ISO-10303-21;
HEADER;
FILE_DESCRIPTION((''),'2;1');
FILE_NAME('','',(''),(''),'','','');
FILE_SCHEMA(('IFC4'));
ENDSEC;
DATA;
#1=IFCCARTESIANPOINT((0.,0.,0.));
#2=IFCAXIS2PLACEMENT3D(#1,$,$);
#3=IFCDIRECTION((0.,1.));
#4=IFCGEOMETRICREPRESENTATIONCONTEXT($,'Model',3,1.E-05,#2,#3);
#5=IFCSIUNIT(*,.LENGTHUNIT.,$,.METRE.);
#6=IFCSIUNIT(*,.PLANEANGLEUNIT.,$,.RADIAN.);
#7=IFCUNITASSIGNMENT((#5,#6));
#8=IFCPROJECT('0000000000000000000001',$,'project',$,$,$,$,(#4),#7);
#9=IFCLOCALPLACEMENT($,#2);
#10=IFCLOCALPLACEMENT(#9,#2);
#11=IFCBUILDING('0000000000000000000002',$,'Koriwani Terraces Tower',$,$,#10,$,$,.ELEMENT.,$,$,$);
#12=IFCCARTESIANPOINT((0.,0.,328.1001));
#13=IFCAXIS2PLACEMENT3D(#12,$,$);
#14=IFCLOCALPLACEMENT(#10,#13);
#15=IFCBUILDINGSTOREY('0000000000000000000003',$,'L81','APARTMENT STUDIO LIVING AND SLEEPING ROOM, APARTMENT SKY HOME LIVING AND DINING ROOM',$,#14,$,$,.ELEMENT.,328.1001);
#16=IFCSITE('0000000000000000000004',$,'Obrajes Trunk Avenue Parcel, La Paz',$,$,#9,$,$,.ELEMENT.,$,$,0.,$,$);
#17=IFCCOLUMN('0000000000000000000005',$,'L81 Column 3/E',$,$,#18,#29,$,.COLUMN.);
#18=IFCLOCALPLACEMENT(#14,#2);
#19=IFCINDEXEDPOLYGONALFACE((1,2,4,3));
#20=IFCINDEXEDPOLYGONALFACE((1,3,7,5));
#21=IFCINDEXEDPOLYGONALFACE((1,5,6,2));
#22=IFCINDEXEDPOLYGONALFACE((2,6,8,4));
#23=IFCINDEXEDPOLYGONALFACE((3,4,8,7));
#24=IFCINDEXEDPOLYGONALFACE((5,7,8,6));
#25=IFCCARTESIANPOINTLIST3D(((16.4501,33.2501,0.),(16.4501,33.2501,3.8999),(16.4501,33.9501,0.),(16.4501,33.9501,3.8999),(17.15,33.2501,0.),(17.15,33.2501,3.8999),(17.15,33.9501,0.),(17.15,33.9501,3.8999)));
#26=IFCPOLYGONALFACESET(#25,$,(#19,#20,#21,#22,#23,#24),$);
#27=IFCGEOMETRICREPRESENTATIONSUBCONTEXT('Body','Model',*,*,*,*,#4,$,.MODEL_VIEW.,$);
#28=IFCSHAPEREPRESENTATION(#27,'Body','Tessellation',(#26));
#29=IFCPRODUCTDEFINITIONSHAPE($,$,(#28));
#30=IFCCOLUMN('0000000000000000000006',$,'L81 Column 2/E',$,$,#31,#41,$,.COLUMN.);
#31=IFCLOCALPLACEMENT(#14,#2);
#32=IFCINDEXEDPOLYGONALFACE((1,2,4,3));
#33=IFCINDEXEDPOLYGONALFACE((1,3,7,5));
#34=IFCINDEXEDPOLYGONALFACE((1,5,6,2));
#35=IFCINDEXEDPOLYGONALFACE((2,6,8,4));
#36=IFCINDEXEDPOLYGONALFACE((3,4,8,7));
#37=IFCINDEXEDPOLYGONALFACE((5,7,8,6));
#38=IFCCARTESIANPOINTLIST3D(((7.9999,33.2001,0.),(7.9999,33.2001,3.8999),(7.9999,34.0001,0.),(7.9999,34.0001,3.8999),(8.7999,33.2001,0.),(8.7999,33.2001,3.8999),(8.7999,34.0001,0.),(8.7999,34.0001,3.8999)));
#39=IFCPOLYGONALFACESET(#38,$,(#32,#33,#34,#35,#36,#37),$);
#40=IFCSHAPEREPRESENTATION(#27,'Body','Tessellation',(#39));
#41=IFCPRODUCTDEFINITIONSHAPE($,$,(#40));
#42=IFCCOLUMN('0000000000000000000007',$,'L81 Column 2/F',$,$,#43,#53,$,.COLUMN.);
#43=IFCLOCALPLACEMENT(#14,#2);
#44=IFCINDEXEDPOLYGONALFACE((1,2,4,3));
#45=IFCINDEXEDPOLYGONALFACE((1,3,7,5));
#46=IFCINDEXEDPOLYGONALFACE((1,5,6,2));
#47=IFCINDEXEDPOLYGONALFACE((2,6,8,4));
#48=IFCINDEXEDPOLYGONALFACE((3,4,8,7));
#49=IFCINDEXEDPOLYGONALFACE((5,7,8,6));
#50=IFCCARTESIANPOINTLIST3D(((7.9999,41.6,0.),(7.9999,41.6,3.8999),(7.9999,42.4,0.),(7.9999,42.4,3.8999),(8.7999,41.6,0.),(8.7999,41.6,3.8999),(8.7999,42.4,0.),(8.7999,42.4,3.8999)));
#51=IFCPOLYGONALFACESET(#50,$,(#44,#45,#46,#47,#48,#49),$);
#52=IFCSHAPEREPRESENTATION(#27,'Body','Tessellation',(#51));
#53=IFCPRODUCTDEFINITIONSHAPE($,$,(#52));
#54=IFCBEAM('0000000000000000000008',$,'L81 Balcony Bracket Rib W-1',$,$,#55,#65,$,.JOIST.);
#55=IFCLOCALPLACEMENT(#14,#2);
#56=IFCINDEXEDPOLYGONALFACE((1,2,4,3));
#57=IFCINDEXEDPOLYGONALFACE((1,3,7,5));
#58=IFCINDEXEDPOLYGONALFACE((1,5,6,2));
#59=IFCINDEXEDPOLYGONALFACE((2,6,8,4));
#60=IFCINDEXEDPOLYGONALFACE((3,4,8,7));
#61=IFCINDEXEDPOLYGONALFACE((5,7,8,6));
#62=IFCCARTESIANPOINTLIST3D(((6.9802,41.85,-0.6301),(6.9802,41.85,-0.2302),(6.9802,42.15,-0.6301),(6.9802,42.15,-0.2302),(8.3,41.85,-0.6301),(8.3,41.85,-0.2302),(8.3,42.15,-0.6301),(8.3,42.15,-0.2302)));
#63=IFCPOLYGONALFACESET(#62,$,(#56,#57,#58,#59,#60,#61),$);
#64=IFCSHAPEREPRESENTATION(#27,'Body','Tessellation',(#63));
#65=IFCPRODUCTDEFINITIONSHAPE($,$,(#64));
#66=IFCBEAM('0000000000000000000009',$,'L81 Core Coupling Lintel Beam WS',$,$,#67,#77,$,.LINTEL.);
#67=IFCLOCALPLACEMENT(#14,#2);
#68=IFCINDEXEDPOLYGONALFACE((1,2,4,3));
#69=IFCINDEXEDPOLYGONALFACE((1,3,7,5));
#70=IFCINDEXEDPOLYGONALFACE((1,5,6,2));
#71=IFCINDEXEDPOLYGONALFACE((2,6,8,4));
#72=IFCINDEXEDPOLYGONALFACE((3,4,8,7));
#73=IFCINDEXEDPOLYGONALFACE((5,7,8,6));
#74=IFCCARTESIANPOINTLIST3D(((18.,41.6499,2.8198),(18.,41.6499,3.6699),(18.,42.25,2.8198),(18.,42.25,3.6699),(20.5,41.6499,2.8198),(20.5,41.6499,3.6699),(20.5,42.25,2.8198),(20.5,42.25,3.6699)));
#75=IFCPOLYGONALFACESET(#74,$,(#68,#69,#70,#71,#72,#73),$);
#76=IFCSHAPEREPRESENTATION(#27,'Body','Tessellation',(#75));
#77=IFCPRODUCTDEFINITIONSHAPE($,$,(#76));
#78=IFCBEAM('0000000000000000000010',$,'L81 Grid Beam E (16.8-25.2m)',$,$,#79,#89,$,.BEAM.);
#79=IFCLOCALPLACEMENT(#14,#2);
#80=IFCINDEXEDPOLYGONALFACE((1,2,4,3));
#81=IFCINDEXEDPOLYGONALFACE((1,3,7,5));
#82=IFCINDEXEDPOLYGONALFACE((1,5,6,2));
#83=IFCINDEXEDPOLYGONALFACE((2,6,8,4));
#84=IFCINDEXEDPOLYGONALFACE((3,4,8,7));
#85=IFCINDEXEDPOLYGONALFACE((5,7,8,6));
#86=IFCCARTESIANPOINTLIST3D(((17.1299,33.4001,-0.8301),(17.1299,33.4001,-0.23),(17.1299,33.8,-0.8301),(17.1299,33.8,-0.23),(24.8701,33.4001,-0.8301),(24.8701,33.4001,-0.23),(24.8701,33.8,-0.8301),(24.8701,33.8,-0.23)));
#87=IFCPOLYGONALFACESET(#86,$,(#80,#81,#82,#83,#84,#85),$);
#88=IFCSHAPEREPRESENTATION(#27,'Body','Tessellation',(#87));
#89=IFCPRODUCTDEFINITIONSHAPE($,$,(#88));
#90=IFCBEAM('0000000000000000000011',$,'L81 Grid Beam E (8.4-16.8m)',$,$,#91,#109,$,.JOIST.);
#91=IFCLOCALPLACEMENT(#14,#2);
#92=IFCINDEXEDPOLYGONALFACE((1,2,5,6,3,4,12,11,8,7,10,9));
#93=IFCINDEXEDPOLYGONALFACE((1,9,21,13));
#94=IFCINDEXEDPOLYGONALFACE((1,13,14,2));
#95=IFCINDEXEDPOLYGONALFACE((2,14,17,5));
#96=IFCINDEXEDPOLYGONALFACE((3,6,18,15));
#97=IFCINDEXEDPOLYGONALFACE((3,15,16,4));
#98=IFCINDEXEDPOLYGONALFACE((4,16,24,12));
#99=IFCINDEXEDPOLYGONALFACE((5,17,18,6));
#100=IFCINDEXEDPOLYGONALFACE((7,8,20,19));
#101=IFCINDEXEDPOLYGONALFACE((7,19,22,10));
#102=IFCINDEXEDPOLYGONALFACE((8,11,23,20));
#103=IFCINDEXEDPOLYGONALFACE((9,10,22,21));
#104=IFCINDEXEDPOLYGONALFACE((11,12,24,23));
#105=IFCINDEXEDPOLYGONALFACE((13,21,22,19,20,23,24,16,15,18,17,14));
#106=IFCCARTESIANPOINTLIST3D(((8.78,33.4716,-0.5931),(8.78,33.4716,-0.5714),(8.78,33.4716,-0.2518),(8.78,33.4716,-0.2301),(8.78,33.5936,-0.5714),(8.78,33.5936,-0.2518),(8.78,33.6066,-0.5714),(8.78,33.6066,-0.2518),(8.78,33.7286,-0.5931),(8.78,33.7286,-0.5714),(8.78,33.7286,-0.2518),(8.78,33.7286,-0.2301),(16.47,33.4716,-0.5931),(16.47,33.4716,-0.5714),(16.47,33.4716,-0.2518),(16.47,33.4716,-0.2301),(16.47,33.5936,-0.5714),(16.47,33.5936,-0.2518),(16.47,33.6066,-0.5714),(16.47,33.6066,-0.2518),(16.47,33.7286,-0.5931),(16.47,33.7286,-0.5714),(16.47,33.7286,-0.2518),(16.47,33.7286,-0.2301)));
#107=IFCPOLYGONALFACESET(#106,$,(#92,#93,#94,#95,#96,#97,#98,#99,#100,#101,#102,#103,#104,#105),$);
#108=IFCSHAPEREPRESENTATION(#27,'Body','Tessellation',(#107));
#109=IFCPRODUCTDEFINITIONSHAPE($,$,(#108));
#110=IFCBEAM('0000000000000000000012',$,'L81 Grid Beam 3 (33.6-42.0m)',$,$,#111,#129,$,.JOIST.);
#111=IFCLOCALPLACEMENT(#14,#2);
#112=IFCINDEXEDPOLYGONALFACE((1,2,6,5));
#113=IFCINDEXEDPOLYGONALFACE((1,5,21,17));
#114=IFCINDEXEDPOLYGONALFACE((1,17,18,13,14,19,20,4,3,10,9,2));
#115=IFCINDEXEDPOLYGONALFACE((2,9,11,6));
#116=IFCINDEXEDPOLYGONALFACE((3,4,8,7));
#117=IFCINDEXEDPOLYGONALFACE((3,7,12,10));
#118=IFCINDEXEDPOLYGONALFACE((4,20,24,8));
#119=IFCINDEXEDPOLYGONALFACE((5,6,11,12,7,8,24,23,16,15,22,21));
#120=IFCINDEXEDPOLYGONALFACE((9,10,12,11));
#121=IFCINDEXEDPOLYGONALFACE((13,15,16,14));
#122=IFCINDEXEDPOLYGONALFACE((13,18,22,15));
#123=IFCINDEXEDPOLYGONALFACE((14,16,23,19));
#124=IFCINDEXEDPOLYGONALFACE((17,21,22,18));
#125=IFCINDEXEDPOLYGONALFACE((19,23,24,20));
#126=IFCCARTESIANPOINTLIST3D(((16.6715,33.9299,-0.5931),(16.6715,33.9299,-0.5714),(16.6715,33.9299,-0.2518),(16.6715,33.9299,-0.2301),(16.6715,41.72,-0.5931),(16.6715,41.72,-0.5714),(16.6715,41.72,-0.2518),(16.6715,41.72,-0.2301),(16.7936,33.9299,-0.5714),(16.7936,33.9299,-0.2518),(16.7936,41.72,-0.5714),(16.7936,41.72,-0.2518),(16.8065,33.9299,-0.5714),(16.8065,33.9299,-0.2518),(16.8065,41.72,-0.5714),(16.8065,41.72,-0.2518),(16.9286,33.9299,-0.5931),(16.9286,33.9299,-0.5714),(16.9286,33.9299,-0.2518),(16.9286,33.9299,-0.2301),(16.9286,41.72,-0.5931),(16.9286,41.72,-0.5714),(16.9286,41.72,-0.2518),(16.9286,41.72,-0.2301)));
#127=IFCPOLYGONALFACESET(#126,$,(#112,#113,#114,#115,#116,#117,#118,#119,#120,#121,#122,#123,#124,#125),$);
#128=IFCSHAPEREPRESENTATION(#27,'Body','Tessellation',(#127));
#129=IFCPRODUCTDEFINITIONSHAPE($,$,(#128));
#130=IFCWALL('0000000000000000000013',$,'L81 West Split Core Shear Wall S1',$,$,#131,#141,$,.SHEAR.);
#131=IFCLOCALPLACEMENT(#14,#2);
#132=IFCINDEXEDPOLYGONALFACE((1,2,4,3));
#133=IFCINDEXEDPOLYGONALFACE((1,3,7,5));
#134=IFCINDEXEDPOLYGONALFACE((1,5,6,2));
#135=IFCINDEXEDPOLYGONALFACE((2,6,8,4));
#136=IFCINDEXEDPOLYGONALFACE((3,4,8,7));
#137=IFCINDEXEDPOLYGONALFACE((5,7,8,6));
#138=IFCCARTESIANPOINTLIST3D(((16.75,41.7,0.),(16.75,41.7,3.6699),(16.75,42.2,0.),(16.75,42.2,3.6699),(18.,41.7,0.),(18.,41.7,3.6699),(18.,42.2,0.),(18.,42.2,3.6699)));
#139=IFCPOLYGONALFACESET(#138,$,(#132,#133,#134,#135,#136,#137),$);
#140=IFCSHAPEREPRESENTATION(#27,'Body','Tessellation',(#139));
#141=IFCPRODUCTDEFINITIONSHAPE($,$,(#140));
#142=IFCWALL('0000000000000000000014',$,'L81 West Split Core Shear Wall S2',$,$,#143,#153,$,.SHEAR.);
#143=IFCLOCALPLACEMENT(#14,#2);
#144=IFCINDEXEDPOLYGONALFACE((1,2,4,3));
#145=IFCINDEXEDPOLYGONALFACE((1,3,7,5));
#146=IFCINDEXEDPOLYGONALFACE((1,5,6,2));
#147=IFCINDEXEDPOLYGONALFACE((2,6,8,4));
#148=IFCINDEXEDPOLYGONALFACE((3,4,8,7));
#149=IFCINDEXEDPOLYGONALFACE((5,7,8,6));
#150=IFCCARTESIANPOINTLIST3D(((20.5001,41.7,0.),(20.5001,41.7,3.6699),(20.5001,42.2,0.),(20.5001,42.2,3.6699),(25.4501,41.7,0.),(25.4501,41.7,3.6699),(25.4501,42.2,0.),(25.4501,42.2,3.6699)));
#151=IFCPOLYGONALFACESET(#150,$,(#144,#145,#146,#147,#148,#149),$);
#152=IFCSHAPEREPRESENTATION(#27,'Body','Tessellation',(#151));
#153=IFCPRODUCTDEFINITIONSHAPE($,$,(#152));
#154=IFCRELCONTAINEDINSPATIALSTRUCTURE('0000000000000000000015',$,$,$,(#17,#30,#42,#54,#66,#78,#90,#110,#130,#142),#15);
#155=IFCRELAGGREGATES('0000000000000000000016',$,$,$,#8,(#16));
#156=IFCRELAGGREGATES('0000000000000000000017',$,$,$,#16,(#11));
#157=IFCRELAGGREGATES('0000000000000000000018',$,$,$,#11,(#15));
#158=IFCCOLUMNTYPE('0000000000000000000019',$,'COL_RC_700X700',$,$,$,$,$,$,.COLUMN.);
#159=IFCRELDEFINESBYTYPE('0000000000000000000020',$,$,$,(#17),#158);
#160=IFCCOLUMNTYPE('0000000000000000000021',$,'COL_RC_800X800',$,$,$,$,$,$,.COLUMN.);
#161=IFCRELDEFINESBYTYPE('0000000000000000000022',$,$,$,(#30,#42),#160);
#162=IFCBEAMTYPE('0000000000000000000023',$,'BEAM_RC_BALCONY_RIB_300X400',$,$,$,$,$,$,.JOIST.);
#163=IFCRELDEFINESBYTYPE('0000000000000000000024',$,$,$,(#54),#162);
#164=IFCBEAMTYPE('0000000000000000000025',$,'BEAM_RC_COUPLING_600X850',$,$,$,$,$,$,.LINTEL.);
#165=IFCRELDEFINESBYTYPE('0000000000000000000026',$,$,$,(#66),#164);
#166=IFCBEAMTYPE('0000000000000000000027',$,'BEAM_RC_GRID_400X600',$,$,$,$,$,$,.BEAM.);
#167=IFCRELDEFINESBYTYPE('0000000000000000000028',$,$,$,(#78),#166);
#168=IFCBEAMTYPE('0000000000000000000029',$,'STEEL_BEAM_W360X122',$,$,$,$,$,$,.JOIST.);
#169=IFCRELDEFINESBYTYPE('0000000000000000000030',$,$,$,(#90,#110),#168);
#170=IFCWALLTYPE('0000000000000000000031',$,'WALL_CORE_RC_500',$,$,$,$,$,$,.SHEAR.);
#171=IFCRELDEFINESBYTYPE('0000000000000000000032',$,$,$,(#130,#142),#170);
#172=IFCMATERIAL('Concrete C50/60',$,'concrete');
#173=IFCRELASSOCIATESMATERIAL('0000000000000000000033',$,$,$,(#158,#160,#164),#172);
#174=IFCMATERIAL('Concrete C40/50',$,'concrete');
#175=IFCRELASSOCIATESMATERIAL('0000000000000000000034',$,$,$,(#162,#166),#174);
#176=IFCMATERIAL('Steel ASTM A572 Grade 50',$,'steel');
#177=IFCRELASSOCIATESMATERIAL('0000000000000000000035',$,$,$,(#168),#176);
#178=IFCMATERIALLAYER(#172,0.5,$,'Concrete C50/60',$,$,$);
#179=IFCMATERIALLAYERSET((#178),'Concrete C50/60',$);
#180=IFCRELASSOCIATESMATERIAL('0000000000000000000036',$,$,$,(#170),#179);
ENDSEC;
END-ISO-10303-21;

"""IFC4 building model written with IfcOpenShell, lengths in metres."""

from ifc_helpers import new_model, si_unit, direction, frame, frame_2d, origin, origin_2d, place, context, subcontext, project, spatial, rectangle, i_section, extrude, material, layer, layer_set, material_profile, profile_set, type_object, element, save


model = new_model("IFC4")

# Units and contexts
model_context = context("Model", 3, precision=1e-05, world=origin(), true_north=direction((0.0, 1.0)))
body_context = subcontext(model_context, "Body", "Model", "MODEL_VIEW")
ifc_project = project(units=[si_unit("LENGTHUNIT", "METRE"), si_unit("PLANEANGLEUNIT", "RADIAN")], contexts=[model_context])

# Site, building, storey
site_placement = place(None, origin())
site = spatial("IfcSite", under=ifc_project, at=site_placement, Name="Obrajes Trunk Avenue Parcel, La Paz", CompositionType="ELEMENT", RefElevation=0.0)
building_placement = place(site_placement, origin())
building = spatial("IfcBuilding", under=site, at=building_placement, Name="Koriwani Terraces Tower", CompositionType="ELEMENT")
storey_placement = place(building_placement, frame((0.0, 0.0, 328.1001)))
storey = spatial("IfcBuildingStorey", under=building, at=storey_placement, Name="L81", Description="APARTMENT STUDIO LIVING AND SLEEPING ROOM, APARTMENT SKY HOME LIVING AND DINING ROOM", CompositionType="ELEMENT", Elevation=328.1001)

# Columns
ifc_material_1 = material(Name="Concrete C50/60", Category="concrete")
ifc_material_profile_1 = material_profile(ifc_material_1, rectangle(XDim=0.7, YDim=0.7, at=origin_2d()), Name="Concrete C50/60", Category="LoadBearing")
ifc_profile_set_1 = profile_set([ifc_material_profile_1], Name="Concrete C50/60")
column_type_1 = type_object("IfcColumnType", Name="COL_RC_700X700", PredefinedType="COLUMN", material=ifc_profile_set_1)
column_placement = place(storey_placement, frame((16.8, 33.6001, 0.0), z_axis=(0.0, 0.0, 1.0), x_axis=(1.0, 0.0, 0.0)))
element("IfcColumn", 1, at=column_placement, inside=storey, type_object=column_type_1, Name="L81 Column 3/E", PredefinedType="COLUMN", context=body_context, shape_type="SweptSolid", body=[
    extrude(rectangle(XDim=0.7, YDim=0.7, at=origin_2d()), origin(), (0.0, 0.0, 1.0), 3.8999),
])
ifc_material_profile_2 = material_profile(ifc_material_1, rectangle(XDim=0.8, YDim=0.8, at=origin_2d()), Name="Concrete C50/60", Category="LoadBearing")
ifc_profile_set_2 = profile_set([ifc_material_profile_2], Name="Concrete C50/60")
column_type_2 = type_object("IfcColumnType", Name="COL_RC_800X800", PredefinedType="COLUMN", material=ifc_profile_set_2)
for number, where, z_axis, x_axis, name in (
    (2, (8.3999, 33.6001, 0.0), (0.0, 0.0, 1.0), (1.0, 0.0, 0.0), "L81 Column 2/E"),
    (3, (8.3999, 42.0, 0.0), (0.0, 0.0, 1.0), (1.0, 0.0, 0.0), "L81 Column 2/F"),
):
    element("IfcColumn", number, at=place(storey_placement, frame(where, z_axis=z_axis, x_axis=x_axis)), inside=storey, type_object=column_type_2, Name=name, PredefinedType="COLUMN", context=body_context, shape_type="SweptSolid", body=[
        extrude(rectangle(XDim=0.8, YDim=0.8, at=origin_2d()), origin(), (0.0, 0.0, 1.0), 3.8999),
    ])

# Beams
ifc_material_2 = material(Name="Concrete C40/50", Category="concrete")
ifc_material_profile_3 = material_profile(ifc_material_2, rectangle(XDim=0.3, YDim=0.3999, at=origin_2d()), Name="Concrete C40/50", Category="LoadBearing")
ifc_profile_set_3 = profile_set([ifc_material_profile_3], Name="Concrete C40/50")
beam_type_1 = type_object("IfcBeamType", Name="BEAM_RC_BALCONY_RIB_300X400", PredefinedType="JOIST", material=ifc_profile_set_3)
beam_1_placement = place(storey_placement, frame((6.9802, 42.0, -0.4302), z_axis=(1.0, 0.0, 0.0), x_axis=(0.0, 1.0, 0.0)))
element("IfcBeam", 4, at=beam_1_placement, inside=storey, type_object=beam_type_1, Name="L81 Balcony Bracket Rib W-1", PredefinedType="JOIST", context=body_context, shape_type="SweptSolid", body=[
    extrude(rectangle(XDim=0.3, YDim=0.3999, at=origin_2d()), origin(), (0.0, 0.0, 1.0), 1.3198),
])
ifc_material_profile_4 = material_profile(ifc_material_1, rectangle(XDim=0.6001, YDim=0.8501, at=origin_2d()), Name="Concrete C50/60", Category="LoadBearing")
ifc_profile_set_4 = profile_set([ifc_material_profile_4], Name="Concrete C50/60")
beam_type_2 = type_object("IfcBeamType", Name="BEAM_RC_COUPLING_600X850", PredefinedType="LINTEL", material=ifc_profile_set_4)
beam_2_placement = place(storey_placement, frame((18.0, 41.95, 3.2449), z_axis=(1.0, 0.0, 0.0), x_axis=(0.0, 1.0, 0.0)))
element("IfcBeam", 5, at=beam_2_placement, inside=storey, type_object=beam_type_2, Name="L81 Core Coupling Lintel Beam WS", PredefinedType="LINTEL", context=body_context, shape_type="SweptSolid", body=[
    extrude(rectangle(XDim=0.6001, YDim=0.8501, at=origin_2d()), origin(), (0.0, 0.0, 1.0), 2.5),
])
ifc_material_profile_5 = material_profile(ifc_material_2, rectangle(XDim=0.3999, YDim=0.6001, at=origin_2d()), Name="Concrete C40/50", Category="LoadBearing")
ifc_profile_set_5 = profile_set([ifc_material_profile_5], Name="Concrete C40/50")
beam_type_3 = type_object("IfcBeamType", Name="BEAM_RC_GRID_400X600", PredefinedType="BEAM", material=ifc_profile_set_5)
beam_3_placement = place(storey_placement, frame((17.1299, 33.6001, -0.53), z_axis=(1.0, 0.0, 0.0), x_axis=(0.0, 1.0, 0.0)))
element("IfcBeam", 6, at=beam_3_placement, inside=storey, type_object=beam_type_3, Name="L81 Grid Beam E (16.8-25.2m)", PredefinedType="BEAM", context=body_context, shape_type="SweptSolid", body=[
    extrude(rectangle(XDim=0.3999, YDim=0.6001, at=origin_2d()), origin(), (0.0, 0.0, 1.0), 7.7402),
])
ifc_material_3 = material(Name="Steel ASTM A572 Grade 50", Category="steel")
ifc_material_profile_6 = material_profile(ifc_material_3, i_section(OverallWidth=0.2571, OverallDepth=0.363, WebThickness=0.0129, FlangeThickness=0.0217, at=origin_2d()), Name="Steel ASTM A572 Grade 50", Category="LoadBearing")
ifc_profile_set_6 = profile_set([ifc_material_profile_6], Name="Steel ASTM A572 Grade 50")
beam_type_4 = type_object("IfcBeamType", Name="STEEL_BEAM_W360X122", PredefinedType="JOIST", material=ifc_profile_set_6)
beam_4_placement = place(storey_placement, frame((8.78, 33.6001, -0.4116), z_axis=(1.0, 0.0, 0.0), x_axis=(0.0, 1.0, 0.0)))
element("IfcBeam", 7, at=beam_4_placement, inside=storey, type_object=beam_type_4, Name="L81 Grid Beam E (8.4-16.8m)", PredefinedType="JOIST", context=body_context, shape_type="SweptSolid", body=[
    extrude(i_section(OverallWidth=0.2571, OverallDepth=0.363, WebThickness=0.0129, FlangeThickness=0.0217, at=origin_2d()), origin(), (0.0, 0.0, 1.0), 7.6899),
])
beam_5_placement = place(storey_placement, frame((16.8, 33.9299, -0.4116), z_axis=(0.0, 1.0, 0.0), x_axis=(-1.0, 0.0, 0.0)))
element("IfcBeam", 8, at=beam_5_placement, inside=storey, type_object=beam_type_4, Name="L81 Grid Beam 3 (33.6-42.0m)", PredefinedType="JOIST", context=body_context, shape_type="SweptSolid", body=[
    extrude(i_section(OverallWidth=0.2571, OverallDepth=0.363, WebThickness=0.0129, FlangeThickness=0.0217, at=origin_2d()), origin(), (0.0, 0.0, 1.0), 7.79),
])

# Walls
ifc_layer_1 = layer(ifc_material_1, 0.5, Name="Concrete C50/60")
ifc_layer_set_1 = layer_set([ifc_layer_1], Name="Concrete C50/60")
wall_type_1 = type_object("IfcWallType", Name="WALL_CORE_RC_500", PredefinedType="SHEAR", material=ifc_layer_set_1)
wall_1_placement = place(storey_placement, frame((16.75, 41.95, 0.0), z_axis=(0.0, 0.0, 1.0), x_axis=(1.0, 0.0, 0.0)))
element("IfcWall", 9, at=wall_1_placement, inside=storey, type_object=wall_type_1, Name="L81 West Split Core Shear Wall S1", PredefinedType="SHEAR", context=body_context, shape_type="SweptSolid", body=[
    extrude(rectangle(XDim=1.25, YDim=0.5, at=frame_2d((0.625, 0.0))), origin(), (0.0, 0.0, 1.0), 3.6699),
])
wall_2_placement = place(storey_placement, frame((20.5, 41.95, 0.0), z_axis=(0.0, 0.0, 1.0), x_axis=(1.0, 0.0, 0.0)))
element("IfcWall", 10, at=wall_2_placement, inside=storey, type_object=wall_type_1, Name="L81 West Split Core Shear Wall S2", PredefinedType="SHEAR", context=body_context, shape_type="SweptSolid", body=[
    extrude(rectangle(XDim=4.95, YDim=0.5, at=frame_2d((2.4751, 0.0))), origin(), (0.0, 0.0, 1.0), 3.6699),
])

save(model, "model.ifc")
